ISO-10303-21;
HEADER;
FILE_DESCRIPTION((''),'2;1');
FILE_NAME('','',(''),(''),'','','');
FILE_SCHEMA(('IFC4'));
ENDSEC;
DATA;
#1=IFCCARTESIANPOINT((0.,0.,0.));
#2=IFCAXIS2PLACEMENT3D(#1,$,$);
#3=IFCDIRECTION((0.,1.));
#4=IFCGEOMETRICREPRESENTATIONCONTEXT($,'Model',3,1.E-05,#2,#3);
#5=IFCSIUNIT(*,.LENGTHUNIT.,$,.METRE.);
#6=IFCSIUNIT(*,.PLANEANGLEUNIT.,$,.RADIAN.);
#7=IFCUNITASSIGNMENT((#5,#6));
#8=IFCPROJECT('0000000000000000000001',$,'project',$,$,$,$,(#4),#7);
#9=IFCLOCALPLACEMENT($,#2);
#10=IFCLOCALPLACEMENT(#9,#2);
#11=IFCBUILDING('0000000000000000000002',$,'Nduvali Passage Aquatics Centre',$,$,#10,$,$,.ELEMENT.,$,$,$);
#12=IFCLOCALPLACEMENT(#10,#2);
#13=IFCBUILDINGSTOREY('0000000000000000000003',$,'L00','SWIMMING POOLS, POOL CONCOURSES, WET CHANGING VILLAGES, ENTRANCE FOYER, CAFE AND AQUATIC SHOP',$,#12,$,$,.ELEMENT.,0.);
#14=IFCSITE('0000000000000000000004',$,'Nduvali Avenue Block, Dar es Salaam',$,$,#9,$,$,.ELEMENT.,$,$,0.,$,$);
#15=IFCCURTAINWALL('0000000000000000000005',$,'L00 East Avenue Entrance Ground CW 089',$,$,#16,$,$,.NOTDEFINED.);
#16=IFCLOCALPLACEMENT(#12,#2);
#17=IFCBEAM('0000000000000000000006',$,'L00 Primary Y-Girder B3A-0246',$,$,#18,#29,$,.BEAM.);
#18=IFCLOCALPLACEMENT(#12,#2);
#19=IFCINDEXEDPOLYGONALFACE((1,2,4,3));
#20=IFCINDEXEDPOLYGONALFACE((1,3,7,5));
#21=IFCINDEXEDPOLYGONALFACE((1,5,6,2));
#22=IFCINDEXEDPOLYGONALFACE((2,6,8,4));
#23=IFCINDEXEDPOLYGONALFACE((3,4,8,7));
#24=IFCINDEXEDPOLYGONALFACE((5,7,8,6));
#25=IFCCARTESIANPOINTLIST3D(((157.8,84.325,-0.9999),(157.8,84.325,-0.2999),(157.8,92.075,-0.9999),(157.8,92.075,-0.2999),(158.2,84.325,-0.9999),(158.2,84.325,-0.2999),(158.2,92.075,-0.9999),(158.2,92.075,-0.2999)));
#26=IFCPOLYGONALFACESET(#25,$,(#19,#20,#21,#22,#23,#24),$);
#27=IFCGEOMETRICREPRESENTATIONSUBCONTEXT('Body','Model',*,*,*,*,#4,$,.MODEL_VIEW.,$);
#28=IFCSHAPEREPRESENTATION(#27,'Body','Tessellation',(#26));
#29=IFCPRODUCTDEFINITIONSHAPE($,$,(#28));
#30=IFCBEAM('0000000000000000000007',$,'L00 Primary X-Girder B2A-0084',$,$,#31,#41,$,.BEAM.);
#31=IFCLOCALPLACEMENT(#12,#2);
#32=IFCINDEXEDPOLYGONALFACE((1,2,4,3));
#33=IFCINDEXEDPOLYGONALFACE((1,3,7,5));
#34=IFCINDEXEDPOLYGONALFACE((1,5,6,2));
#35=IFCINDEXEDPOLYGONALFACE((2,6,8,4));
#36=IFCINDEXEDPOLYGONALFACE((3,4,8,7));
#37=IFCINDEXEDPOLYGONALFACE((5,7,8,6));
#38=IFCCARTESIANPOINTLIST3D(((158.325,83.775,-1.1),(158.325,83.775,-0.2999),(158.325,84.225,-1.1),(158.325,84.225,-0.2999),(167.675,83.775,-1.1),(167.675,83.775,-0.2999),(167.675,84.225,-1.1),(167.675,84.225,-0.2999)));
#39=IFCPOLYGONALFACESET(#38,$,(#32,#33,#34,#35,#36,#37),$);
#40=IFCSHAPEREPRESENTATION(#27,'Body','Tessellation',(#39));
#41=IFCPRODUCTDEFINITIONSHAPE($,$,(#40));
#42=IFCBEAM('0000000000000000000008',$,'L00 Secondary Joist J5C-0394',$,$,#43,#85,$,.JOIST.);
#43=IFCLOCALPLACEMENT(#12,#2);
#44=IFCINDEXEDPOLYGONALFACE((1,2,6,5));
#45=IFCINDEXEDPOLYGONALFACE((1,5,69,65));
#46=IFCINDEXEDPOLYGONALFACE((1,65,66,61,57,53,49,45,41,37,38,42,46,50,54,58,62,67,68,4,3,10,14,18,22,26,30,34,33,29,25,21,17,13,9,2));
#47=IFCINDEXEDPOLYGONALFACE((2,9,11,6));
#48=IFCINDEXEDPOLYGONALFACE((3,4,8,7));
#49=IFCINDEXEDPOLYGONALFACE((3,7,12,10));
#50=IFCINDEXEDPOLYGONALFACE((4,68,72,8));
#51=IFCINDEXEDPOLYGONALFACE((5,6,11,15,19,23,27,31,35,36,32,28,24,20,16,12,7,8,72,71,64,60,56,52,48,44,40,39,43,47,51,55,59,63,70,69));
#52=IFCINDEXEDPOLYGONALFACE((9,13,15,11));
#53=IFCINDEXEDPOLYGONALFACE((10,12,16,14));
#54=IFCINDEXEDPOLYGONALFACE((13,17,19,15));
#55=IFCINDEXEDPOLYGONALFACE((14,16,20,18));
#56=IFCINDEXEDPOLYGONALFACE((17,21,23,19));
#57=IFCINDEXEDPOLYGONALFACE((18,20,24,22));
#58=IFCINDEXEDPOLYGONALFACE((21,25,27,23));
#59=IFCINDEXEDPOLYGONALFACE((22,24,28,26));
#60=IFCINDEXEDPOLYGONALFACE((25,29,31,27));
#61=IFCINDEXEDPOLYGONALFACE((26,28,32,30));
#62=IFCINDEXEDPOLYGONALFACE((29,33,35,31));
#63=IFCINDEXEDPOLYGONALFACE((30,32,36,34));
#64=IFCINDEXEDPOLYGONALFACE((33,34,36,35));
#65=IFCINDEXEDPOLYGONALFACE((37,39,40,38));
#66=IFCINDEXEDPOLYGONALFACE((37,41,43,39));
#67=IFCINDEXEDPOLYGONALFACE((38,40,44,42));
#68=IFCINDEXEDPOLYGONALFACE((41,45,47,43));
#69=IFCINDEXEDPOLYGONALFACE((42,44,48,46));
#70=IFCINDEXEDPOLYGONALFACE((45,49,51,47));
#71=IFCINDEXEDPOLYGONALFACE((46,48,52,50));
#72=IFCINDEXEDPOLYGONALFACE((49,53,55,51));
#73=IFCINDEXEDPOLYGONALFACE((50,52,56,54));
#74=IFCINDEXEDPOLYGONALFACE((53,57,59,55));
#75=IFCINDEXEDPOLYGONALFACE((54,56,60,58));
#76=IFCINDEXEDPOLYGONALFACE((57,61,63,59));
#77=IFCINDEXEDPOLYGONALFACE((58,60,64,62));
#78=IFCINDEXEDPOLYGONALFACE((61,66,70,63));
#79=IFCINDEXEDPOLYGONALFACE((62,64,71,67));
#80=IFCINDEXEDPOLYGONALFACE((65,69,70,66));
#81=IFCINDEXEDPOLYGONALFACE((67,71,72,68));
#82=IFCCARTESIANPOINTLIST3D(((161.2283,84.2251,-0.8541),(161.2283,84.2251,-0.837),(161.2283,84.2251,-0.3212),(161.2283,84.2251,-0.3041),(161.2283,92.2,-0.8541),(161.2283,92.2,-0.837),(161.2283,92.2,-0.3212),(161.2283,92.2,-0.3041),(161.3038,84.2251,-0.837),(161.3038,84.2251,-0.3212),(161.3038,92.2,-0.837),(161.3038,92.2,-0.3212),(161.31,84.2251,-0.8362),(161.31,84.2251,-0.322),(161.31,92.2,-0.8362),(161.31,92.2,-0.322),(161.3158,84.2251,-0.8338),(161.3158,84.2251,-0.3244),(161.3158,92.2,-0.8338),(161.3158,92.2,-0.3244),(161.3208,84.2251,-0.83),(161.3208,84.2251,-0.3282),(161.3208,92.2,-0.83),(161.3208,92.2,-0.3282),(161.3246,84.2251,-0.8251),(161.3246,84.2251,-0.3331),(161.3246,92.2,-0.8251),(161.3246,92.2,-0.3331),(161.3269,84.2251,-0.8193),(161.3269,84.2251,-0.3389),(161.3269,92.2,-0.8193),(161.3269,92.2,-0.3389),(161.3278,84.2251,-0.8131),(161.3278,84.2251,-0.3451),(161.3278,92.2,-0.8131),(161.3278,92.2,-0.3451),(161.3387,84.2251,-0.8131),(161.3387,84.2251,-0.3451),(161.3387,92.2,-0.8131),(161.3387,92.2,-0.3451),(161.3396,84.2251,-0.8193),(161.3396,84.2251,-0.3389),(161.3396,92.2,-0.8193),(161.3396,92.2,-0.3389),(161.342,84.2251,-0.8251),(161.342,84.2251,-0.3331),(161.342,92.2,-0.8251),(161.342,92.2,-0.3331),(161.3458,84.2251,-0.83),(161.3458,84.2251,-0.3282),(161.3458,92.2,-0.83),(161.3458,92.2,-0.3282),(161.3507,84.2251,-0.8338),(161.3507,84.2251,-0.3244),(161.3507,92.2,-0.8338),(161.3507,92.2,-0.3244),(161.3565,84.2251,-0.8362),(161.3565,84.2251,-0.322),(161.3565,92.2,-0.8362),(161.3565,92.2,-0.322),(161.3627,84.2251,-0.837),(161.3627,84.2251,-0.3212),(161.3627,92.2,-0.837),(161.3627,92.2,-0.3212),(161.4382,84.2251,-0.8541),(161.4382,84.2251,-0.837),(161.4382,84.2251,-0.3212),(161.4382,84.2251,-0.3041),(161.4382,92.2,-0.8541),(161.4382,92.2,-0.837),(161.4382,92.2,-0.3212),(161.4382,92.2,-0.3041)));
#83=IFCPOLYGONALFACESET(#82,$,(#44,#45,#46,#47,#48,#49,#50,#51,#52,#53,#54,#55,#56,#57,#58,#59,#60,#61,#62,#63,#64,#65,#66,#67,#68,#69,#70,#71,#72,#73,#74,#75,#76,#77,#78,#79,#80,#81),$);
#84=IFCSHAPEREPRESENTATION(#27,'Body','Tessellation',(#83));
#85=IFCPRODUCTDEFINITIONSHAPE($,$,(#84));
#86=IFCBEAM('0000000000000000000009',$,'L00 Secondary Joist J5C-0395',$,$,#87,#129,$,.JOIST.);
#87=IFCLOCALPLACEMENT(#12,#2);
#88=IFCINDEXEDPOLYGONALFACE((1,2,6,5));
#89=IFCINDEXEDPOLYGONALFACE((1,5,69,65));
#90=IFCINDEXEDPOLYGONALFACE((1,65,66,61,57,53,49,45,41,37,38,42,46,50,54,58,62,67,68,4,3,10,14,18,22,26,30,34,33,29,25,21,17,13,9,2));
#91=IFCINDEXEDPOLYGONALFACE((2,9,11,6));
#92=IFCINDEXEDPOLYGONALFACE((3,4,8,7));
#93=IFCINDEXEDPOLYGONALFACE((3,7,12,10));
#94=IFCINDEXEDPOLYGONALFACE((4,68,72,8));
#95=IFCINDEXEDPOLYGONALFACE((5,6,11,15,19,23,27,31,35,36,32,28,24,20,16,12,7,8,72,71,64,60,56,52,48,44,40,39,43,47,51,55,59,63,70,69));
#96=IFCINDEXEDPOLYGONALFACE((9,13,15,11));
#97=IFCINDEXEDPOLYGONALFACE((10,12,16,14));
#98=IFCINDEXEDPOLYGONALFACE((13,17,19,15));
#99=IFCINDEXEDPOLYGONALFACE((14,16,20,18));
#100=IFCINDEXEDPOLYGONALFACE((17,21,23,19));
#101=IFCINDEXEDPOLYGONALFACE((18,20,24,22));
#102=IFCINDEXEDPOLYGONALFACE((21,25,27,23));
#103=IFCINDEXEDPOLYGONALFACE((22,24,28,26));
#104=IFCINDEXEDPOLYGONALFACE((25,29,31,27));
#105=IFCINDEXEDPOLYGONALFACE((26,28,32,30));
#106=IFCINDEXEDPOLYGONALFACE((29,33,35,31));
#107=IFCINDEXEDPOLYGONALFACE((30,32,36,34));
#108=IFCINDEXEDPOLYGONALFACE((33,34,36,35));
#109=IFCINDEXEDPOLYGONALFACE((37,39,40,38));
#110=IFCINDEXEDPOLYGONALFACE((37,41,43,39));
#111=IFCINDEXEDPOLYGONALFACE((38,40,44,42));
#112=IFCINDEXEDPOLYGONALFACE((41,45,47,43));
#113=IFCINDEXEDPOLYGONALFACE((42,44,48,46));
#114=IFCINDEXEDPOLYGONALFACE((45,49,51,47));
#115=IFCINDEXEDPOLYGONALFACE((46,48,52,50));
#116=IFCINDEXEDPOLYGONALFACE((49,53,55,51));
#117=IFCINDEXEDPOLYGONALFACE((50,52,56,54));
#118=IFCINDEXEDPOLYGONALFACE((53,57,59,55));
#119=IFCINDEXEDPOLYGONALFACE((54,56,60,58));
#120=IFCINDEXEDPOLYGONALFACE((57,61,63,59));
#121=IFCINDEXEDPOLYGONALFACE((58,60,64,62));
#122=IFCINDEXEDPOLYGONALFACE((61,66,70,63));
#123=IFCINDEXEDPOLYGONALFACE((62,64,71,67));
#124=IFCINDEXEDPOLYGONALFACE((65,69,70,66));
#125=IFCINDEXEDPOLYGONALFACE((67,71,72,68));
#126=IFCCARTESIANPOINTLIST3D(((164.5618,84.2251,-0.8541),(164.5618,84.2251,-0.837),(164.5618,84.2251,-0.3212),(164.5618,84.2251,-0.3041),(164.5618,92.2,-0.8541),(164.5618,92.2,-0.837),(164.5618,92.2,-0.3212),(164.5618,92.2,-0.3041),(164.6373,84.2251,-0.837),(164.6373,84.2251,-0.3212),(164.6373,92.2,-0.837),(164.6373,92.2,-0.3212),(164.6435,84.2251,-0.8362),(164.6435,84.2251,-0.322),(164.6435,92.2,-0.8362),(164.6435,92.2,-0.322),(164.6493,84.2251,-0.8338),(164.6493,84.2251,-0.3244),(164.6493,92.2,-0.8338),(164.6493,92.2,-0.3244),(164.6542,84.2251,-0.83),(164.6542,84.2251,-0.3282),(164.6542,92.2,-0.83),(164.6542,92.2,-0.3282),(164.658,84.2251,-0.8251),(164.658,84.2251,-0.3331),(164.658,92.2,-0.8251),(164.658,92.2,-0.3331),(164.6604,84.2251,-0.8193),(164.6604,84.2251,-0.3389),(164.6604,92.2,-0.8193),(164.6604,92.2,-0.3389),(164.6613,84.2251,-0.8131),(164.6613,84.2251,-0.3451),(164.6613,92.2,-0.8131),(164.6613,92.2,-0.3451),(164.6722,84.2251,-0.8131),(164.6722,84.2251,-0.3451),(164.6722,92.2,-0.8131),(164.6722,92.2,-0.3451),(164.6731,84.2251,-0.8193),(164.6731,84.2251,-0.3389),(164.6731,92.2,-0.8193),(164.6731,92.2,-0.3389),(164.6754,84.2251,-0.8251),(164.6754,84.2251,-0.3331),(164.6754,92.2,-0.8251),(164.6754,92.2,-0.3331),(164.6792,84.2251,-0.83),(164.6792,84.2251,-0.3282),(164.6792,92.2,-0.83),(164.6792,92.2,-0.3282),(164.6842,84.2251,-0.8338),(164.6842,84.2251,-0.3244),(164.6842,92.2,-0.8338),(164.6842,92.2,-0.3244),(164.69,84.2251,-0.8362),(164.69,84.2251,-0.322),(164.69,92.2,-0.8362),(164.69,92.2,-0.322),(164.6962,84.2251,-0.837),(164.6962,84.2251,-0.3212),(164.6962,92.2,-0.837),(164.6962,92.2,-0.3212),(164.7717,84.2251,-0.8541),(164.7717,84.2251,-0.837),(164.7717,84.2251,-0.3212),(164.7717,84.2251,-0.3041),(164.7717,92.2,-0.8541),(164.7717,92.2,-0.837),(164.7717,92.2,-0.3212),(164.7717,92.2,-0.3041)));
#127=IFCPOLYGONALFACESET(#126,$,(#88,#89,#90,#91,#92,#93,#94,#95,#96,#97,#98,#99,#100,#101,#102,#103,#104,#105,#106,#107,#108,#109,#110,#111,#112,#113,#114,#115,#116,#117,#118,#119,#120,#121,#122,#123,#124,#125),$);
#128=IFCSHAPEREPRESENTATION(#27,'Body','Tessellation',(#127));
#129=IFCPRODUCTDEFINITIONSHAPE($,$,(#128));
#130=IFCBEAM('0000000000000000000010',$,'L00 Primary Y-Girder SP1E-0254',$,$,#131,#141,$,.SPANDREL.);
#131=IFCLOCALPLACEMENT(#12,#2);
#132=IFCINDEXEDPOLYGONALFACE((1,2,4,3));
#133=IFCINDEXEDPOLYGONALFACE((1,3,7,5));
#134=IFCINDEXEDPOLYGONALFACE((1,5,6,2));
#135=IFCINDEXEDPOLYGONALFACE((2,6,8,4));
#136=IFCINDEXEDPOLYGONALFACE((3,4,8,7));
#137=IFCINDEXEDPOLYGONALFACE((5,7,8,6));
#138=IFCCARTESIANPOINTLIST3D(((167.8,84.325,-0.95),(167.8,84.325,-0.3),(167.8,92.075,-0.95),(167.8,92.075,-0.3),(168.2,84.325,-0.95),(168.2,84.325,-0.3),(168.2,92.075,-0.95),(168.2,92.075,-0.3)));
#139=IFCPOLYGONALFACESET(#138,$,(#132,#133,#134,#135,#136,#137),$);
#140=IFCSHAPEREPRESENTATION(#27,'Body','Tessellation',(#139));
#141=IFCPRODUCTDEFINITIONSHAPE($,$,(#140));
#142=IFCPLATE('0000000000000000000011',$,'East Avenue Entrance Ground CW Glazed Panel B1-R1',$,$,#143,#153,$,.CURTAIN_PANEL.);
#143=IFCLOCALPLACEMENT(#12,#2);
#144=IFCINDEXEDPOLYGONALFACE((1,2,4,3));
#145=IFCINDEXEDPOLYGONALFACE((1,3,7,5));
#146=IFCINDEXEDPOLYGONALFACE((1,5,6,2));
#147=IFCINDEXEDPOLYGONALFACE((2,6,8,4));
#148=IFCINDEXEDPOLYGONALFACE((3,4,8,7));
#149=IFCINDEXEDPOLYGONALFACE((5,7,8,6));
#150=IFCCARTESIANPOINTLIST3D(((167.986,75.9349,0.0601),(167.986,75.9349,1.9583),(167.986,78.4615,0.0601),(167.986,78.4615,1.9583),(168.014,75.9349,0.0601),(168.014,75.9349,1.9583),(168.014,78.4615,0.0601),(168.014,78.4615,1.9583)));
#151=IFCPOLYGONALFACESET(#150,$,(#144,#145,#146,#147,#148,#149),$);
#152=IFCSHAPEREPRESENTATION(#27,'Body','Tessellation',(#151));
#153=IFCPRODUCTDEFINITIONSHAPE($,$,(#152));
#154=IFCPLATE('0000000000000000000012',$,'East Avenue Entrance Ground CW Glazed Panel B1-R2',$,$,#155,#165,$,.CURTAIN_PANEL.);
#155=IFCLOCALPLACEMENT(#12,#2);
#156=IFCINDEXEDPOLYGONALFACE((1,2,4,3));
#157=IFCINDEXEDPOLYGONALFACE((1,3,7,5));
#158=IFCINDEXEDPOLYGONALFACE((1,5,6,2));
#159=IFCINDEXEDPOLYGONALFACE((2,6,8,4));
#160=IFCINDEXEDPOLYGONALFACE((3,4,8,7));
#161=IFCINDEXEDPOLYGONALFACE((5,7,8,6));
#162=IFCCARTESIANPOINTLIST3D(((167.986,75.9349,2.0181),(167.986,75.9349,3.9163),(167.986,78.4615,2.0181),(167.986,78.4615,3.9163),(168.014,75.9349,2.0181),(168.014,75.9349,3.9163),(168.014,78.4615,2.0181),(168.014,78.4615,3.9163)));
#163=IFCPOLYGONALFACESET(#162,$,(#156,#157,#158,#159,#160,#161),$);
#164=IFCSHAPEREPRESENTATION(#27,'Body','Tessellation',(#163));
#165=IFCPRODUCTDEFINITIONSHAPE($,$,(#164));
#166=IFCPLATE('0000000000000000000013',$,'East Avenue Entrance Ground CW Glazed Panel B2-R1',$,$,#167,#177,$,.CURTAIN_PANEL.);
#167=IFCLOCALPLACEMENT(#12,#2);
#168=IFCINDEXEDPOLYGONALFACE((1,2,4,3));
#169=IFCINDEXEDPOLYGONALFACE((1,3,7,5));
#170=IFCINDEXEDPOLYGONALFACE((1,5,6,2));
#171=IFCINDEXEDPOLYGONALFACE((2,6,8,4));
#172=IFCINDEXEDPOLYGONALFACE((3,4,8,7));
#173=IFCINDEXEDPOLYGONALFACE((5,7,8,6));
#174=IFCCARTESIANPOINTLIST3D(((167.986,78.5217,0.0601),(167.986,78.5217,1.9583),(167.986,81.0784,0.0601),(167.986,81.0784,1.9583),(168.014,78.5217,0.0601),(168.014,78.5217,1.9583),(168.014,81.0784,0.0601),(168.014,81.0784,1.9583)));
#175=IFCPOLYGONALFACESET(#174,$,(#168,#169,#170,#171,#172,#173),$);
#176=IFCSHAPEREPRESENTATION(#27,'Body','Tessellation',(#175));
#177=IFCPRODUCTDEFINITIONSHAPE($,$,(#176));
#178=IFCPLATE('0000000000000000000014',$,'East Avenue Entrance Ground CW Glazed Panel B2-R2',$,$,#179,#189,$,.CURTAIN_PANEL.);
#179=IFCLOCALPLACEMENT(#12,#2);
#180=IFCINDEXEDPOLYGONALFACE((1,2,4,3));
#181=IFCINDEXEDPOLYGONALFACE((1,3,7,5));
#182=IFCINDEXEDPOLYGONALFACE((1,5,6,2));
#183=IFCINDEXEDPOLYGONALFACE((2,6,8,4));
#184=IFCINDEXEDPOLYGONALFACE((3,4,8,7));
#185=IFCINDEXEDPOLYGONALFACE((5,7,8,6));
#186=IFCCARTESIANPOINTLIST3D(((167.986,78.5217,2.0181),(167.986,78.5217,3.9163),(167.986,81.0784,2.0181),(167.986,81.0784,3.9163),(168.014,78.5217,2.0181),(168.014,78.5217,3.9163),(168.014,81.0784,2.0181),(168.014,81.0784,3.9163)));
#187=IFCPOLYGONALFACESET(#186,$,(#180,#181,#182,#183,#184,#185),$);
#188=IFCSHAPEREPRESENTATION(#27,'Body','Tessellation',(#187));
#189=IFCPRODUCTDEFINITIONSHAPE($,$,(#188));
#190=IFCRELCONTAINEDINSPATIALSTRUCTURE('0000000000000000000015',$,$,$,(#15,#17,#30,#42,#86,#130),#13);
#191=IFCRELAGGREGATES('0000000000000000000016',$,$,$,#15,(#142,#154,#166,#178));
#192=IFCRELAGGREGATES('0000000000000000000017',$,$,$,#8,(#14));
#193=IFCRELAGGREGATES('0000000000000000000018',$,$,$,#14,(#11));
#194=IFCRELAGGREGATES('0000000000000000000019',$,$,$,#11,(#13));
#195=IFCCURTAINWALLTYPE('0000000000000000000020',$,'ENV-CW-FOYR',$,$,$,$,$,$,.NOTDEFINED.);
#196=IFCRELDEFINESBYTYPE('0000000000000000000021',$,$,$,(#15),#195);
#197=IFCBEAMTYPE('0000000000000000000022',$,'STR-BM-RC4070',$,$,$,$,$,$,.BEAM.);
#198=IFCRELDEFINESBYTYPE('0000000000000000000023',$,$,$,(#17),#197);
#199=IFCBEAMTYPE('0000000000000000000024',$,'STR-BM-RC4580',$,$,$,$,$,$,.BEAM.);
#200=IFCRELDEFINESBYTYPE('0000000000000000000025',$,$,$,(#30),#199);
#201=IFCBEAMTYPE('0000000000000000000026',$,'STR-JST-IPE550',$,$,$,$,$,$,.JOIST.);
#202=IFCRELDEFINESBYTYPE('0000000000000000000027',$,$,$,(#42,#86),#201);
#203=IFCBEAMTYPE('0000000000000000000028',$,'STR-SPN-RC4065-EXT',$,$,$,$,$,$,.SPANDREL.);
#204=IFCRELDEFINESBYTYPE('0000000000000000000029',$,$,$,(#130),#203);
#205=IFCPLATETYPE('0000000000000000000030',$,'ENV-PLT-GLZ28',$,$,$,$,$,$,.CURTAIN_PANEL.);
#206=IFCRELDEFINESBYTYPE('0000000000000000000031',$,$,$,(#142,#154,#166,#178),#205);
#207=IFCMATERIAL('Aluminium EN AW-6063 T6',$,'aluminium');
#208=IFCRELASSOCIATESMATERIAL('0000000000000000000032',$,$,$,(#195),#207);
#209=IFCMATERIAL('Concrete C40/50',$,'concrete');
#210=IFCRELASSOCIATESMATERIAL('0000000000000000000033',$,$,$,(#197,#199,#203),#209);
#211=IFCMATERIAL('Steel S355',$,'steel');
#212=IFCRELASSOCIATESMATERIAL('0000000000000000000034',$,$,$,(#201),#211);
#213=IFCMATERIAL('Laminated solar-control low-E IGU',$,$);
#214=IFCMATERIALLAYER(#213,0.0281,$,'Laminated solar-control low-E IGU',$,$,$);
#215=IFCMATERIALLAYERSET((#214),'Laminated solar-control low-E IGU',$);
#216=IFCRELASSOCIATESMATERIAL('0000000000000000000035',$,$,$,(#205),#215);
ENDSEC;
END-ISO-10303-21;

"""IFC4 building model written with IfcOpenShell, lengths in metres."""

from ifc_helpers import new_model, si_unit, direction, frame, origin, origin_2d, place, context, subcontext, project, spatial, rectangle, i_section, extrude, material, layer, layer_set, material_profile, profile_set, type_object, element, aggregate, save


model = new_model("IFC4")

# Units and contexts
model_context = context("Model", 3, precision=1e-05, world=origin(), true_north=direction((0.0, 1.0)))
body_context = subcontext(model_context, "Body", "Model", "MODEL_VIEW")
ifc_project = project(units=[si_unit("LENGTHUNIT", "METRE"), si_unit("PLANEANGLEUNIT", "RADIAN")], contexts=[model_context])

# Site, building, storey
site_placement = place(None, origin())
site = spatial("IfcSite", under=ifc_project, at=site_placement, Name="Nduvali Avenue Block, Dar es Salaam", CompositionType="ELEMENT", RefElevation=0.0)
building_placement = place(site_placement, origin())
building = spatial("IfcBuilding", under=site, at=building_placement, Name="Nduvali Passage Aquatics Centre", CompositionType="ELEMENT")
storey_placement = place(building_placement, origin())
storey = spatial("IfcBuildingStorey", under=building, at=storey_placement, Name="L00", Description="SWIMMING POOLS, POOL CONCOURSES, WET CHANGING VILLAGES, ENTRANCE FOYER, CAFE AND AQUATIC SHOP", CompositionType="ELEMENT", Elevation=0.0)

# Shared definitions
ifc_material_1 = material(Name="Concrete C40/50", Category="concrete")

# Curtain wall
ifc_material_2 = material(Name="Aluminium EN AW-6063 T6", Category="aluminium")
curtain_wall_type = type_object("IfcCurtainWallType", Name="ENV-CW-FOYR", PredefinedType="NOTDEFINED", material=ifc_material_2)
curtain_wall_placement = place(storey_placement, origin())
curtain_wall = element("IfcCurtainWall", 1, at=curtain_wall_placement, inside=storey, type_object=curtain_wall_type, Name="L00 East Avenue Entrance Ground CW 089", PredefinedType="NOTDEFINED")

# Beams
ifc_material_profile_1 = material_profile(ifc_material_1, rectangle(XDim=0.3999, YDim=0.7, at=origin_2d()), Name="RC 400x700")
ifc_profile_set_1 = profile_set([ifc_material_profile_1], Name="Concrete C40/50")
beam_type_1 = type_object("IfcBeamType", Name="STR-BM-RC4070", PredefinedType="BEAM", material=ifc_profile_set_1)
beam_1_placement = place(storey_placement, frame((158.0, 84.325, -0.6499), z_axis=(0.0, 1.0, 0.0), x_axis=(-1.0, 0.0, 0.0)))
element("IfcBeam", 2, at=beam_1_placement, inside=storey, type_object=beam_type_1, Name="L00 Primary Y-Girder B3A-0246", PredefinedType="BEAM", context=body_context, shape_type="SweptSolid", body=[
    extrude(rectangle(XDim=0.3999, YDim=0.7, at=origin_2d()), origin(), (0.0, 0.0, 1.0), 7.75),
])
ifc_material_profile_2 = material_profile(ifc_material_1, rectangle(XDim=0.45, YDim=0.8, at=origin_2d()), Name="RC 450x800")
ifc_profile_set_2 = profile_set([ifc_material_profile_2], Name="Concrete C40/50")
beam_type_2 = type_object("IfcBeamType", Name="STR-BM-RC4580", PredefinedType="BEAM", material=ifc_profile_set_2)
beam_2_placement = place(storey_placement, frame((158.325, 84.0, -0.7), z_axis=(1.0, 0.0, 0.0), x_axis=(0.0, 1.0, 0.0)))
element("IfcBeam", 3, at=beam_2_placement, inside=storey, type_object=beam_type_2, Name="L00 Primary X-Girder B2A-0084", PredefinedType="BEAM", context=body_context, shape_type="SweptSolid", body=[
    extrude(rectangle(XDim=0.45, YDim=0.8, at=origin_2d()), origin(), (0.0, 0.0, 1.0), 9.3501),
])
ifc_material_3 = material(Name="Steel S355", Category="steel")
ifc_material_profile_3 = material_profile(ifc_material_3, i_section(OverallWidth=0.21, OverallDepth=0.55, WebThickness=0.011, FlangeThickness=0.0171, FilletRadius=0.0239, at=origin_2d()), Name="IPE 550")
ifc_profile_set_3 = profile_set([ifc_material_profile_3], Name="Steel S355")
beam_type_3 = type_object("IfcBeamType", Name="STR-JST-IPE550", PredefinedType="JOIST", material=ifc_profile_set_3)
for number, where, z_axis, x_axis, name in (
    (4, (161.3333, 84.2251, -0.5791), (0.0, 1.0, 0.0), (-1.0, 0.0, 0.0), "L00 Secondary Joist J5C-0394"),
    (5, (164.6667, 84.2251, -0.5791), (0.0, 1.0, 0.0), (-1.0, 0.0, 0.0), "L00 Secondary Joist J5C-0395"),
):
    element("IfcBeam", number, at=place(storey_placement, frame(where, z_axis=z_axis, x_axis=x_axis)), inside=storey, type_object=beam_type_3, Name=name, PredefinedType="JOIST", context=body_context, shape_type="SweptSolid", body=[
        extrude(i_section(OverallWidth=0.21, OverallDepth=0.55, WebThickness=0.011, FlangeThickness=0.0171, FilletRadius=0.0239, at=origin_2d()), origin(), (0.0, 0.0, 1.0), 7.9749),
    ])
ifc_material_profile_4 = material_profile(ifc_material_1, rectangle(XDim=0.3999, YDim=0.6499, at=origin_2d()), Name="RC 400x650")
ifc_profile_set_4 = profile_set([ifc_material_profile_4], Name="Concrete C40/50")
beam_type_4 = type_object("IfcBeamType", Name="STR-SPN-RC4065-EXT", PredefinedType="SPANDREL", material=ifc_profile_set_4)
beam_3_placement = place(storey_placement, frame((168.0, 84.325, -0.625), z_axis=(0.0, 1.0, 0.0), x_axis=(-1.0, 0.0, 0.0)))
element("IfcBeam", 6, at=beam_3_placement, inside=storey, type_object=beam_type_4, Name="L00 Primary Y-Girder SP1E-0254", PredefinedType="SPANDREL", context=body_context, shape_type="SweptSolid", body=[
    extrude(rectangle(XDim=0.3999, YDim=0.6499, at=origin_2d()), origin(), (0.0, 0.0, 1.0), 7.75),
])

# Plates
ifc_material_4 = material(Name="Laminated solar-control low-E IGU")
ifc_layer_1 = layer(ifc_material_4, 0.0281, Name="Laminated solar-control low-E IGU")
ifc_layer_set_1 = layer_set([ifc_layer_1], Name="Laminated solar-control low-E IGU")
plate_type = type_object("IfcPlateType", Name="ENV-PLT-GLZ28", PredefinedType="CURTAIN_PANEL", material=ifc_layer_set_1)
plate_1_placement = place(storey_placement, frame((168.0, 77.1982, 0.0601), z_axis=(0.0, 0.0, 1.0), x_axis=(0.0, 1.0, 0.0)))
plate_1 = element("IfcPlate", 7, at=plate_1_placement, type_object=plate_type, Name="East Avenue Entrance Ground CW Glazed Panel B1-R1", PredefinedType="CURTAIN_PANEL", context=body_context, shape_type="SweptSolid", body=[
    extrude(rectangle(XDim=2.5266, YDim=0.0281, at=origin_2d()), origin(), (0.0, 0.0, 1.0), 1.8982),
])
plate_2_placement = place(storey_placement, frame((168.0, 77.1982, 2.0181), z_axis=(0.0, 0.0, 1.0), x_axis=(0.0, 1.0, 0.0)))
plate_2 = element("IfcPlate", 8, at=plate_2_placement, type_object=plate_type, Name="East Avenue Entrance Ground CW Glazed Panel B1-R2", PredefinedType="CURTAIN_PANEL", context=body_context, shape_type="SweptSolid", body=[
    extrude(rectangle(XDim=2.5266, YDim=0.0281, at=origin_2d()), origin(), (0.0, 0.0, 1.0), 1.8982),
])
plate_3_placement = place(storey_placement, frame((168.0, 79.8, 0.0601), z_axis=(0.0, 0.0, 1.0), x_axis=(0.0, 1.0, 0.0)))
plate_3 = element("IfcPlate", 9, at=plate_3_placement, type_object=plate_type, Name="East Avenue Entrance Ground CW Glazed Panel B2-R1", PredefinedType="CURTAIN_PANEL", context=body_context, shape_type="SweptSolid", body=[
    extrude(rectangle(XDim=2.5566, YDim=0.0281, at=origin_2d()), origin(), (0.0, 0.0, 1.0), 1.8982),
])
plate_4_placement = place(storey_placement, frame((168.0, 79.8, 2.0181), z_axis=(0.0, 0.0, 1.0), x_axis=(0.0, 1.0, 0.0)))
plate_4 = element("IfcPlate", 10, at=plate_4_placement, type_object=plate_type, Name="East Avenue Entrance Ground CW Glazed Panel B2-R2", PredefinedType="CURTAIN_PANEL", context=body_context, shape_type="SweptSolid", body=[
    extrude(rectangle(XDim=2.5566, YDim=0.0281, at=origin_2d()), origin(), (0.0, 0.0, 1.0), 1.8982),
])
aggregate(curtain_wall, [plate_1, plate_2, plate_3, plate_4])

save(model, "model.ifc")
